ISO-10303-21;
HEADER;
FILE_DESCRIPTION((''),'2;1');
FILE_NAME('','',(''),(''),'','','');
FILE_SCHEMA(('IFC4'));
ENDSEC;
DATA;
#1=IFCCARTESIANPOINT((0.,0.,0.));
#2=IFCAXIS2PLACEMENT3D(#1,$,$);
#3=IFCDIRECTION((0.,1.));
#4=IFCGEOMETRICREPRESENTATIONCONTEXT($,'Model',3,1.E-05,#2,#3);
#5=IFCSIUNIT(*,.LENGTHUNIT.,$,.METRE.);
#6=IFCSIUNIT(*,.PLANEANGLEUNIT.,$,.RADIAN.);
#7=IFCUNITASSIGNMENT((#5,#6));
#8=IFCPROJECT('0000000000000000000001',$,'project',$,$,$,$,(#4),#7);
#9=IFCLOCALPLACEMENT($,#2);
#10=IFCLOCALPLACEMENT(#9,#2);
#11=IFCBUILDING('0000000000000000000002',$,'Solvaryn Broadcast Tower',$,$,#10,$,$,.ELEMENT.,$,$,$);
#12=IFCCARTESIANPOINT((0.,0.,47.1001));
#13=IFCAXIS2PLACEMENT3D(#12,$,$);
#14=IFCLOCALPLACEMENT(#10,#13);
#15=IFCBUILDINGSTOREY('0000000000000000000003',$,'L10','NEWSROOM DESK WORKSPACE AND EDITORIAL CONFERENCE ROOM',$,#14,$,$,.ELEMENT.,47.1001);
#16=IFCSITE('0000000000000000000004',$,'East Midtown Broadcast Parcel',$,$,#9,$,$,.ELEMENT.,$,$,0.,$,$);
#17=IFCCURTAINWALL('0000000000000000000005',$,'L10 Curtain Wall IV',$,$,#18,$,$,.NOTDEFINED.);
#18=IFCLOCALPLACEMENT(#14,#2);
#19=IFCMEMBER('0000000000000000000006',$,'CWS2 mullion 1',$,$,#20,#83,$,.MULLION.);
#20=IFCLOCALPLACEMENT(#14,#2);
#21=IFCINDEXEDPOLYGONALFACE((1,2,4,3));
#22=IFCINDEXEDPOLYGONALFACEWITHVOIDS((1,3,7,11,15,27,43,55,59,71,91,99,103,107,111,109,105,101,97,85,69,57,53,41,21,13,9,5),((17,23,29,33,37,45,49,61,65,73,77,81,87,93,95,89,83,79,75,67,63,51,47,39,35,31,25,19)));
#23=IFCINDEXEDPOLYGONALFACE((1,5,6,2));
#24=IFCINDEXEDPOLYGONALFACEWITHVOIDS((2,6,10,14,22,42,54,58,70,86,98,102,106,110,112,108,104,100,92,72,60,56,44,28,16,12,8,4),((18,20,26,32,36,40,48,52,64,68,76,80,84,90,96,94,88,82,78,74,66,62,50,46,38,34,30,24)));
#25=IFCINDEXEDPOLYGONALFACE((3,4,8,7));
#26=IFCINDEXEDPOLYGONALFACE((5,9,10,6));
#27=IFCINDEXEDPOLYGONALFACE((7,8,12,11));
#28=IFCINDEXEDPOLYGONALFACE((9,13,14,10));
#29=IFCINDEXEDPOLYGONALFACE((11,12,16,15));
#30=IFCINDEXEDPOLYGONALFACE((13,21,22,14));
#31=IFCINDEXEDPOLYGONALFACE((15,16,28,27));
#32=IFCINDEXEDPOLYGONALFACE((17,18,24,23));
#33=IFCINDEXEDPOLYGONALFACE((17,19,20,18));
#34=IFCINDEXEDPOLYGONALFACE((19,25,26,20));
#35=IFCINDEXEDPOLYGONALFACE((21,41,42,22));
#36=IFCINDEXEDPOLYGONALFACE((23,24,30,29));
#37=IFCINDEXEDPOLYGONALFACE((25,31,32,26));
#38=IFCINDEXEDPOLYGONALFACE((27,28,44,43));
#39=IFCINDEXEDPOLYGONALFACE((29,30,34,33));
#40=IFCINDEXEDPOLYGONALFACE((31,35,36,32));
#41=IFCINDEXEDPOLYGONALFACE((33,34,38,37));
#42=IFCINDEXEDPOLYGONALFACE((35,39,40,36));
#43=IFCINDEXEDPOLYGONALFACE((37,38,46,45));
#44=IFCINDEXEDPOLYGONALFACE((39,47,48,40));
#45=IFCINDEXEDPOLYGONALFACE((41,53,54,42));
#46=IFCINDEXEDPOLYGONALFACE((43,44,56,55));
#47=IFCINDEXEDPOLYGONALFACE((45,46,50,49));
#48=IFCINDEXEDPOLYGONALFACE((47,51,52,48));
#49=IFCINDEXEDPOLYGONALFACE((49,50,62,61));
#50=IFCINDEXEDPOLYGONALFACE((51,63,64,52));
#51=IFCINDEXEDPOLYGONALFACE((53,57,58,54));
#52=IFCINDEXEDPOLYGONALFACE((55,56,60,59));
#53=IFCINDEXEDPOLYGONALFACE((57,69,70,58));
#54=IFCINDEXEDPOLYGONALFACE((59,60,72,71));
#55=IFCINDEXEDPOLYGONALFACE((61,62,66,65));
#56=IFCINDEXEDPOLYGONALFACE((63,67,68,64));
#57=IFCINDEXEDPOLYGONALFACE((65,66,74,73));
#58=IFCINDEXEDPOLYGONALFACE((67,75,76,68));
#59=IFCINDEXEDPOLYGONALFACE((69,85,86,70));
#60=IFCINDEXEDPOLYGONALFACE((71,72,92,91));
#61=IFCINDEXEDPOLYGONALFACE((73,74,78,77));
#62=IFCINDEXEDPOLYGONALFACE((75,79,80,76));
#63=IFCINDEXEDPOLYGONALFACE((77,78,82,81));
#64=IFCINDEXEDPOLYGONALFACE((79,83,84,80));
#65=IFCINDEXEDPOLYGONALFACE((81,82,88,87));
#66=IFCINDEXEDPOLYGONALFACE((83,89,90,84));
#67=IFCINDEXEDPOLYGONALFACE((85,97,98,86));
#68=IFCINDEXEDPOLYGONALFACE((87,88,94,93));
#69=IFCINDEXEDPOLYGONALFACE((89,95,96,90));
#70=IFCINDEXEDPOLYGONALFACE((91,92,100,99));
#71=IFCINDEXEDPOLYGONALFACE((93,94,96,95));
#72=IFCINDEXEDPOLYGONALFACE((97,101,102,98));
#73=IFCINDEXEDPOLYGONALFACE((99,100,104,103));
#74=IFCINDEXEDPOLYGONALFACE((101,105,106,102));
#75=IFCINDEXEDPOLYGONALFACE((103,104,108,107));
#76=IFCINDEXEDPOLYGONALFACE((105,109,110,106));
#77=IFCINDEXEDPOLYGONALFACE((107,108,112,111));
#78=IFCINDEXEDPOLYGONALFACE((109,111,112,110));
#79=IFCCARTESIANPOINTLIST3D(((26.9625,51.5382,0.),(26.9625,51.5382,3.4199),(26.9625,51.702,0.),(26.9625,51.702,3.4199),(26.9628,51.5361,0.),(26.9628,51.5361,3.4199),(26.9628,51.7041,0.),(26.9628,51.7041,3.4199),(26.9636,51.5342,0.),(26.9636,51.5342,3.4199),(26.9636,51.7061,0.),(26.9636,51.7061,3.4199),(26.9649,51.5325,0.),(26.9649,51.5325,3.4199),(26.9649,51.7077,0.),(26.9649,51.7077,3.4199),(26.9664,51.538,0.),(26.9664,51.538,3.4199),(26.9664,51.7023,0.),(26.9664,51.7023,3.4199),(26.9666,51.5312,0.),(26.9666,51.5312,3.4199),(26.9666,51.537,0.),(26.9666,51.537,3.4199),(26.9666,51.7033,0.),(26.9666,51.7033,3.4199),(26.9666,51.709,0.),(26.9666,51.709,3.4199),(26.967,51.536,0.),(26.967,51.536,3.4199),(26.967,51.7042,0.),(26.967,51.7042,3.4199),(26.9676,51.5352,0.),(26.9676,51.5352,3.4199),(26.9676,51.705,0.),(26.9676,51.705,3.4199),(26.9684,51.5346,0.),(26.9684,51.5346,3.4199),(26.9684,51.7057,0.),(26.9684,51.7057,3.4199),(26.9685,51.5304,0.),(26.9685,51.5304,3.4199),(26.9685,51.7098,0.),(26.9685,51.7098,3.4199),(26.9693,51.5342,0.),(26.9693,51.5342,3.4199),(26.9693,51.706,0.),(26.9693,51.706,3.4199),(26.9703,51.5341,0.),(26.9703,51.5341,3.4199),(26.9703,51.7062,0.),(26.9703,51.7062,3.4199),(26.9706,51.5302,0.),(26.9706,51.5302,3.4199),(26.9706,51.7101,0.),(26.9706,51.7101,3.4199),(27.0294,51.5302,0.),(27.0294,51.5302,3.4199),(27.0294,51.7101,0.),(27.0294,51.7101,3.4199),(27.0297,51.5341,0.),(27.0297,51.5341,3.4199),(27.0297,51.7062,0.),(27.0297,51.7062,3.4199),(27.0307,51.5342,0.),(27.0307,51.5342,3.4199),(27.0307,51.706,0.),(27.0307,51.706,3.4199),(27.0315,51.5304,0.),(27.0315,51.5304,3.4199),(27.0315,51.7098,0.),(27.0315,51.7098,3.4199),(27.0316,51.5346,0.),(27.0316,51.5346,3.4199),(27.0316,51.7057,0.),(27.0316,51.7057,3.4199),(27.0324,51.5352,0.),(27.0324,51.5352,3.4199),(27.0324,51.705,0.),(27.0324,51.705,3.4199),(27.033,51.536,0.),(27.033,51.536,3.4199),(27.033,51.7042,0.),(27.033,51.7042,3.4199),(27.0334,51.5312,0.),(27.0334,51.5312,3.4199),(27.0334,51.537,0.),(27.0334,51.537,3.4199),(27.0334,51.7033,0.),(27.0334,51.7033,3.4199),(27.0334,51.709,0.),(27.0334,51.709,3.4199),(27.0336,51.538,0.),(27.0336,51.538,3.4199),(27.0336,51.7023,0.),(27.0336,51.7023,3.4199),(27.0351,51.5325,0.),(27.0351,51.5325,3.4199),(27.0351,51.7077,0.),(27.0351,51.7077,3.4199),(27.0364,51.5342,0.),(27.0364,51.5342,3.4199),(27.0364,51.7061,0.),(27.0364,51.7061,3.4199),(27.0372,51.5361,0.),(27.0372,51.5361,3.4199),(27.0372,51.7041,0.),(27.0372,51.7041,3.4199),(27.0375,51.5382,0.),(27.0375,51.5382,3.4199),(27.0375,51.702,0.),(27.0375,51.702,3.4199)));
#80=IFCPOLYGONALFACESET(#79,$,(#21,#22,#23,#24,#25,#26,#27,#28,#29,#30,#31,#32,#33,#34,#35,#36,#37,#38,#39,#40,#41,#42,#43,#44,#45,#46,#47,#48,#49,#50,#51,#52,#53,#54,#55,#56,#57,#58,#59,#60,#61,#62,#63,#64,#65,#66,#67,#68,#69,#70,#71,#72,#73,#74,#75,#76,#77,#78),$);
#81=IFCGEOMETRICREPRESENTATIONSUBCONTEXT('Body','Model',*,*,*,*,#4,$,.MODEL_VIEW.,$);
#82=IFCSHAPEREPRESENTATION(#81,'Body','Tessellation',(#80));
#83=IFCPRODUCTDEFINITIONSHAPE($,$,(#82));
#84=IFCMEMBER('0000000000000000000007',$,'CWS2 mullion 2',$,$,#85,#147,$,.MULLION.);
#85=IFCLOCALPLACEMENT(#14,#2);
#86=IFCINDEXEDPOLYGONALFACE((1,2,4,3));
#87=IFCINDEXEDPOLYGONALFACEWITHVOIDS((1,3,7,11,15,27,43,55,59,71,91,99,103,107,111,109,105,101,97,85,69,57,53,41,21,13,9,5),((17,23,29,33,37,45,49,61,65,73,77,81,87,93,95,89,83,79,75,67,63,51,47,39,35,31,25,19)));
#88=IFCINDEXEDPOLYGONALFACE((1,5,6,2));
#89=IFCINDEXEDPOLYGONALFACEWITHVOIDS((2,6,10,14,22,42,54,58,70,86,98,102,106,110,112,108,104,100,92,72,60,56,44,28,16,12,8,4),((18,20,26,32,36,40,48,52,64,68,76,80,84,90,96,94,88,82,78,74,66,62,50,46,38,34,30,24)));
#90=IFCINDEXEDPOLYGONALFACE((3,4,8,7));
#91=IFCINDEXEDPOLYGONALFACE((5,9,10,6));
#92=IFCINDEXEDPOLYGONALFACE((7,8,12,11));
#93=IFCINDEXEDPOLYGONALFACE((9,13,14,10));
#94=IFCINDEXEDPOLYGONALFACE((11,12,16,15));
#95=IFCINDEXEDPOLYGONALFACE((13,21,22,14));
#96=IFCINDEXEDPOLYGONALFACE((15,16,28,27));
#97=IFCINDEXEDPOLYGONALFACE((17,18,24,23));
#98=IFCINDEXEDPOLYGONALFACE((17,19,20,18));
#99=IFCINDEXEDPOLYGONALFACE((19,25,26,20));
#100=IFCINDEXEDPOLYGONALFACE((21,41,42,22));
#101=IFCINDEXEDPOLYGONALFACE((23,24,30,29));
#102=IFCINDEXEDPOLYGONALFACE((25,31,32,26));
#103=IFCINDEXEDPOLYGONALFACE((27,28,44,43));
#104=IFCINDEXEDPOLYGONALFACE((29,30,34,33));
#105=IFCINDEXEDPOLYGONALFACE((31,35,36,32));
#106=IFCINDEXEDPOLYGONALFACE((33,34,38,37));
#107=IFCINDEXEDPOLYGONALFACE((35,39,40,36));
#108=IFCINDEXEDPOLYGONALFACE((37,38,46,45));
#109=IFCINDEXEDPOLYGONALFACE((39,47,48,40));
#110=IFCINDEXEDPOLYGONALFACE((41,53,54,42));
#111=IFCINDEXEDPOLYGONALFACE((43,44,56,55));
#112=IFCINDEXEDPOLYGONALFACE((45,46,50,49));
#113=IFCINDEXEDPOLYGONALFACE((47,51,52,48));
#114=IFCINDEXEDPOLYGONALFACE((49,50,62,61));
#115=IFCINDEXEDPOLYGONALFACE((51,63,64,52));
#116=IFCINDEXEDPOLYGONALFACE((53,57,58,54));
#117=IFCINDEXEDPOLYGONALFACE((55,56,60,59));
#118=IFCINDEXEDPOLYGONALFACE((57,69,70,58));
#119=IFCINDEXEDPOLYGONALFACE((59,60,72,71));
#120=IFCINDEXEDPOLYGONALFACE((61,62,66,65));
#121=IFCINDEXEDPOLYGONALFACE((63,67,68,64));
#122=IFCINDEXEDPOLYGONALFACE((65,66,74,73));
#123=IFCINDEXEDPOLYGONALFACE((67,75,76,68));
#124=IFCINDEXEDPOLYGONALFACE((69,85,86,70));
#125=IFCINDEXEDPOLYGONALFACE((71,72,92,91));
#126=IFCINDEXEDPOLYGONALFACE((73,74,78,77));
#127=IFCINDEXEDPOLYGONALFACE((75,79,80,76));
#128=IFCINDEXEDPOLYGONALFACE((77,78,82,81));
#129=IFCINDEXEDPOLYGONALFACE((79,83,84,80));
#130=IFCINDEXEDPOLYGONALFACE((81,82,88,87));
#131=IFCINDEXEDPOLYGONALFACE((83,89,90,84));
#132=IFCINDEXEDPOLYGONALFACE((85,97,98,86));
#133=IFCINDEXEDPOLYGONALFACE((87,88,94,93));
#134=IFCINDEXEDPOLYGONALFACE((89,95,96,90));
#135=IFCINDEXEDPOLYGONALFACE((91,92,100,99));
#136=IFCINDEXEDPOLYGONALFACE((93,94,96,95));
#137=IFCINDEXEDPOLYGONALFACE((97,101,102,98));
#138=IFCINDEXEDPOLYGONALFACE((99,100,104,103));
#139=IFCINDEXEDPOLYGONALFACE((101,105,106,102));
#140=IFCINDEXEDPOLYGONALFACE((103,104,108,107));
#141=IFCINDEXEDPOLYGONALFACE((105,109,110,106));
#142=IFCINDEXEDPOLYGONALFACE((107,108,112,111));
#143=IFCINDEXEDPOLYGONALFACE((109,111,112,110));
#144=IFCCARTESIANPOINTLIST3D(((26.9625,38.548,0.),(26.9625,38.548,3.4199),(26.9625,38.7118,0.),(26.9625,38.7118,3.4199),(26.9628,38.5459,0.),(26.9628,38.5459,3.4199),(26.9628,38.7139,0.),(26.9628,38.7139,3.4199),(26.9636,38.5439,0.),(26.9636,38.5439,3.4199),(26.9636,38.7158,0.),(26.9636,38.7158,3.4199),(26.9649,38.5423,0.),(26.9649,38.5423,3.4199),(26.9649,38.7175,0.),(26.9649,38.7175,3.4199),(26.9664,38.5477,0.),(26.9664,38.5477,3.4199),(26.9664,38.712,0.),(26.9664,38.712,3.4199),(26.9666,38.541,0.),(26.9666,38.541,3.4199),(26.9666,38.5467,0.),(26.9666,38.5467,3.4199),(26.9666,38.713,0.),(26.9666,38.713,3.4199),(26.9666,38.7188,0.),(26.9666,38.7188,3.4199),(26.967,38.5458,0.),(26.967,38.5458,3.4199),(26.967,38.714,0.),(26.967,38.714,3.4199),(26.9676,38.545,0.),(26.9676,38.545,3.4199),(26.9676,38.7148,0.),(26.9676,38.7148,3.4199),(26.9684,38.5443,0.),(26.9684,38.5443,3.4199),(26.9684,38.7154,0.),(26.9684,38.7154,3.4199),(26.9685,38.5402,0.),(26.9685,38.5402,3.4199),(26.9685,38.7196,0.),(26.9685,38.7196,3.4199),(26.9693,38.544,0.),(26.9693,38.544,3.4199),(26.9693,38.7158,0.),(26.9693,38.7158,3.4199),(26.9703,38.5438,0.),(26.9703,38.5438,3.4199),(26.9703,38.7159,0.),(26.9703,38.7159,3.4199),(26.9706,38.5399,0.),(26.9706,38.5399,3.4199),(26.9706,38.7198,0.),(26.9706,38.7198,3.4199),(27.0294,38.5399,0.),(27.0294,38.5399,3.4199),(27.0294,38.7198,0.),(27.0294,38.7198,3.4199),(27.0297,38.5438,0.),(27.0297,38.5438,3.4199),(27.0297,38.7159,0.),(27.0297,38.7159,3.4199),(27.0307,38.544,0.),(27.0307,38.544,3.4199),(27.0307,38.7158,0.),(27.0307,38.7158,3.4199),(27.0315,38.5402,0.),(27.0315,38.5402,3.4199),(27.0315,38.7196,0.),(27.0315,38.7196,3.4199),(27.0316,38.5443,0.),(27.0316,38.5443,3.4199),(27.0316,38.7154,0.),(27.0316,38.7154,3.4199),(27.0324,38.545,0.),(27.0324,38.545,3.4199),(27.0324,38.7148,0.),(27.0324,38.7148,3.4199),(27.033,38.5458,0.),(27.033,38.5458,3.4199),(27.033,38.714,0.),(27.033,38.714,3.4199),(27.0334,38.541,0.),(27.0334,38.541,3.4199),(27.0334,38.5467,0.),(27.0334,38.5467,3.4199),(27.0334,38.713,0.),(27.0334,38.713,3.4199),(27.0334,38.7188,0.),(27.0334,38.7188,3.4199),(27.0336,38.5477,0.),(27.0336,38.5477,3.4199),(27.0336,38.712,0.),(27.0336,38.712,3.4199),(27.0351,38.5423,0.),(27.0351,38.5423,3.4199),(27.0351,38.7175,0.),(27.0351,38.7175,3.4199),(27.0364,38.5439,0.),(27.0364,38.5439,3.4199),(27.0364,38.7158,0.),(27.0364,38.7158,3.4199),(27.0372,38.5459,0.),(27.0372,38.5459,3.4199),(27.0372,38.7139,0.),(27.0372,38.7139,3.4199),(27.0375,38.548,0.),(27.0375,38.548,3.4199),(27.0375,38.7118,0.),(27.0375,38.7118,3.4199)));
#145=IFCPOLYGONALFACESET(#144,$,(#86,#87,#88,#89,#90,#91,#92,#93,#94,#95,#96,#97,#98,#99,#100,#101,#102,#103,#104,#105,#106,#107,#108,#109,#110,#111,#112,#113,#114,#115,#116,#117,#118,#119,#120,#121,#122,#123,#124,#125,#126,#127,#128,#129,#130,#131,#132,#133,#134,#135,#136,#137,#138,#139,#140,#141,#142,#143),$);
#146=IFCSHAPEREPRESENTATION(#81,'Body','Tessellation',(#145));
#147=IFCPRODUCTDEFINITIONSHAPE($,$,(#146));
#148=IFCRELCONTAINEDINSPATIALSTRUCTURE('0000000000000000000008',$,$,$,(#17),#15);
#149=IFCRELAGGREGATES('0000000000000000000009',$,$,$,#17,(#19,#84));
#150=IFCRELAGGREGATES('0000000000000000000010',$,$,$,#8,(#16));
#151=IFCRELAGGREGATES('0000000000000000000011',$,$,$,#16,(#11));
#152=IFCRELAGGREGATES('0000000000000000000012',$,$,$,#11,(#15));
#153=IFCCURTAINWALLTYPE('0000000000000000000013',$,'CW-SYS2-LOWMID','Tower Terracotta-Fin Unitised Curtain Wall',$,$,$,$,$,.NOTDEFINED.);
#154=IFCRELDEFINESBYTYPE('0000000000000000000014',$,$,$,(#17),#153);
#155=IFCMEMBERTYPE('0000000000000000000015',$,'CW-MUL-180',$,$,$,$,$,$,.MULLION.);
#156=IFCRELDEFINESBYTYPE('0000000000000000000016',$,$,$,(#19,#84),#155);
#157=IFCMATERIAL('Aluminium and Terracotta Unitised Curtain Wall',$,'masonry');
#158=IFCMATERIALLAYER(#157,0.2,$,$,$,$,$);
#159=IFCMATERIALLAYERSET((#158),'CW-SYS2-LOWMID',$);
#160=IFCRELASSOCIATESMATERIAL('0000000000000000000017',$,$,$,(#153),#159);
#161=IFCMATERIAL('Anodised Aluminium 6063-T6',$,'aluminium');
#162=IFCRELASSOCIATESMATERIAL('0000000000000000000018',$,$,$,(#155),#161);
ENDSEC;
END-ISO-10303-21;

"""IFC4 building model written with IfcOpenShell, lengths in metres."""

from ifc_helpers import new_model, si_unit, direction, frame, origin, origin_2d, place, context, subcontext, project, spatial, hollow_rectangle, extrude, material, layer, layer_set, material_profile, profile_set, type_object, element, aggregate, save


model = new_model("IFC4")

# Units and contexts
model_context = context("Model", 3, precision=1e-05, world=origin(), true_north=direction((0.0, 1.0)))
body_context = subcontext(model_context, "Body", "Model", "MODEL_VIEW")
ifc_project = project(units=[si_unit("LENGTHUNIT", "METRE"), si_unit("PLANEANGLEUNIT", "RADIAN")], contexts=[model_context])

# Site, building, storey
site_placement = place(None, origin())
site = spatial("IfcSite", under=ifc_project, at=site_placement, Name="East Midtown Broadcast Parcel", CompositionType="ELEMENT", RefElevation=0.0)
building_placement = place(site_placement, origin())
building = spatial("IfcBuilding", under=site, at=building_placement, Name="Solvaryn Broadcast Tower", CompositionType="ELEMENT")
storey_placement = place(building_placement, frame((0.0, 0.0, 47.1001)))
storey = spatial("IfcBuildingStorey", under=building, at=storey_placement, Name="L10", Description="NEWSROOM DESK WORKSPACE AND EDITORIAL CONFERENCE ROOM", CompositionType="ELEMENT", Elevation=47.1001)

# Curtain wall, members
ifc_material_1 = material(Name="Aluminium and Terracotta Unitised Curtain Wall", Category="masonry")
ifc_layer_1 = layer(ifc_material_1, 0.2)
ifc_layer_set_1 = layer_set([ifc_layer_1], Name="CW-SYS2-LOWMID")
curtain_wall_type = type_object("IfcCurtainWallType", Name="CW-SYS2-LOWMID", Description="Tower Terracotta-Fin Unitised Curtain Wall", PredefinedType="NOTDEFINED", material=ifc_layer_set_1)
curtain_wall_1_placement = place(storey_placement, origin())
curtain_wall_1 = element("IfcCurtainWall", 1, at=curtain_wall_1_placement, inside=storey, type_object=curtain_wall_type, Name="L10 Curtain Wall IV", PredefinedType="NOTDEFINED")
ifc_material_2 = material(Name="Anodised Aluminium 6063-T6", Category="aluminium")
ifc_material_profile_1 = material_profile(ifc_material_2, hollow_rectangle(XDim=0.075, YDim=0.1799, WallThickness=0.0039, InnerFilletRadius=0.0039, OuterFilletRadius=0.0081, at=origin_2d()))
ifc_profile_set_1 = profile_set([ifc_material_profile_1], Name="Anodised Aluminium 6063-T6")
member_type_1 = type_object("IfcMemberType", Name="CW-MUL-180", PredefinedType="MULLION", material=ifc_profile_set_1)
member_1_placement = place(storey_placement, frame((27.0, 51.6201, 0.0), z_axis=(0.0, 0.0, 1.0), x_axis=(1.0, 0.0, 0.0)))
member_1 = element("IfcMember", 2, at=member_1_placement, type_object=member_type_1, Name="CWS2 mullion 1", PredefinedType="MULLION", context=body_context, shape_type="SweptSolid", body=[
    extrude(hollow_rectangle(XDim=0.075, YDim=0.1799, WallThickness=0.0039, InnerFilletRadius=0.0039, OuterFilletRadius=0.0081, at=origin_2d()), origin(), (0.0, 0.0, 1.0), 3.4199),
])
member_2_placement = place(storey_placement, frame((27.0, 38.6299, 0.0), z_axis=(0.0, 0.0, 1.0), x_axis=(1.0, 0.0, 0.0)))
member_2 = element("IfcMember", 3, at=member_2_placement, type_object=member_type_1, Name="CWS2 mullion 2", PredefinedType="MULLION", context=body_context, shape_type="SweptSolid", body=[
    extrude(hollow_rectangle(XDim=0.075, YDim=0.1799, WallThickness=0.0039, InnerFilletRadius=0.0039, OuterFilletRadius=0.0081, at=origin_2d()), origin(), (0.0, 0.0, 1.0), 3.4199),
])

aggregate(curtain_wall_1, [member_1, member_2])

save(model, "model.ifc")
